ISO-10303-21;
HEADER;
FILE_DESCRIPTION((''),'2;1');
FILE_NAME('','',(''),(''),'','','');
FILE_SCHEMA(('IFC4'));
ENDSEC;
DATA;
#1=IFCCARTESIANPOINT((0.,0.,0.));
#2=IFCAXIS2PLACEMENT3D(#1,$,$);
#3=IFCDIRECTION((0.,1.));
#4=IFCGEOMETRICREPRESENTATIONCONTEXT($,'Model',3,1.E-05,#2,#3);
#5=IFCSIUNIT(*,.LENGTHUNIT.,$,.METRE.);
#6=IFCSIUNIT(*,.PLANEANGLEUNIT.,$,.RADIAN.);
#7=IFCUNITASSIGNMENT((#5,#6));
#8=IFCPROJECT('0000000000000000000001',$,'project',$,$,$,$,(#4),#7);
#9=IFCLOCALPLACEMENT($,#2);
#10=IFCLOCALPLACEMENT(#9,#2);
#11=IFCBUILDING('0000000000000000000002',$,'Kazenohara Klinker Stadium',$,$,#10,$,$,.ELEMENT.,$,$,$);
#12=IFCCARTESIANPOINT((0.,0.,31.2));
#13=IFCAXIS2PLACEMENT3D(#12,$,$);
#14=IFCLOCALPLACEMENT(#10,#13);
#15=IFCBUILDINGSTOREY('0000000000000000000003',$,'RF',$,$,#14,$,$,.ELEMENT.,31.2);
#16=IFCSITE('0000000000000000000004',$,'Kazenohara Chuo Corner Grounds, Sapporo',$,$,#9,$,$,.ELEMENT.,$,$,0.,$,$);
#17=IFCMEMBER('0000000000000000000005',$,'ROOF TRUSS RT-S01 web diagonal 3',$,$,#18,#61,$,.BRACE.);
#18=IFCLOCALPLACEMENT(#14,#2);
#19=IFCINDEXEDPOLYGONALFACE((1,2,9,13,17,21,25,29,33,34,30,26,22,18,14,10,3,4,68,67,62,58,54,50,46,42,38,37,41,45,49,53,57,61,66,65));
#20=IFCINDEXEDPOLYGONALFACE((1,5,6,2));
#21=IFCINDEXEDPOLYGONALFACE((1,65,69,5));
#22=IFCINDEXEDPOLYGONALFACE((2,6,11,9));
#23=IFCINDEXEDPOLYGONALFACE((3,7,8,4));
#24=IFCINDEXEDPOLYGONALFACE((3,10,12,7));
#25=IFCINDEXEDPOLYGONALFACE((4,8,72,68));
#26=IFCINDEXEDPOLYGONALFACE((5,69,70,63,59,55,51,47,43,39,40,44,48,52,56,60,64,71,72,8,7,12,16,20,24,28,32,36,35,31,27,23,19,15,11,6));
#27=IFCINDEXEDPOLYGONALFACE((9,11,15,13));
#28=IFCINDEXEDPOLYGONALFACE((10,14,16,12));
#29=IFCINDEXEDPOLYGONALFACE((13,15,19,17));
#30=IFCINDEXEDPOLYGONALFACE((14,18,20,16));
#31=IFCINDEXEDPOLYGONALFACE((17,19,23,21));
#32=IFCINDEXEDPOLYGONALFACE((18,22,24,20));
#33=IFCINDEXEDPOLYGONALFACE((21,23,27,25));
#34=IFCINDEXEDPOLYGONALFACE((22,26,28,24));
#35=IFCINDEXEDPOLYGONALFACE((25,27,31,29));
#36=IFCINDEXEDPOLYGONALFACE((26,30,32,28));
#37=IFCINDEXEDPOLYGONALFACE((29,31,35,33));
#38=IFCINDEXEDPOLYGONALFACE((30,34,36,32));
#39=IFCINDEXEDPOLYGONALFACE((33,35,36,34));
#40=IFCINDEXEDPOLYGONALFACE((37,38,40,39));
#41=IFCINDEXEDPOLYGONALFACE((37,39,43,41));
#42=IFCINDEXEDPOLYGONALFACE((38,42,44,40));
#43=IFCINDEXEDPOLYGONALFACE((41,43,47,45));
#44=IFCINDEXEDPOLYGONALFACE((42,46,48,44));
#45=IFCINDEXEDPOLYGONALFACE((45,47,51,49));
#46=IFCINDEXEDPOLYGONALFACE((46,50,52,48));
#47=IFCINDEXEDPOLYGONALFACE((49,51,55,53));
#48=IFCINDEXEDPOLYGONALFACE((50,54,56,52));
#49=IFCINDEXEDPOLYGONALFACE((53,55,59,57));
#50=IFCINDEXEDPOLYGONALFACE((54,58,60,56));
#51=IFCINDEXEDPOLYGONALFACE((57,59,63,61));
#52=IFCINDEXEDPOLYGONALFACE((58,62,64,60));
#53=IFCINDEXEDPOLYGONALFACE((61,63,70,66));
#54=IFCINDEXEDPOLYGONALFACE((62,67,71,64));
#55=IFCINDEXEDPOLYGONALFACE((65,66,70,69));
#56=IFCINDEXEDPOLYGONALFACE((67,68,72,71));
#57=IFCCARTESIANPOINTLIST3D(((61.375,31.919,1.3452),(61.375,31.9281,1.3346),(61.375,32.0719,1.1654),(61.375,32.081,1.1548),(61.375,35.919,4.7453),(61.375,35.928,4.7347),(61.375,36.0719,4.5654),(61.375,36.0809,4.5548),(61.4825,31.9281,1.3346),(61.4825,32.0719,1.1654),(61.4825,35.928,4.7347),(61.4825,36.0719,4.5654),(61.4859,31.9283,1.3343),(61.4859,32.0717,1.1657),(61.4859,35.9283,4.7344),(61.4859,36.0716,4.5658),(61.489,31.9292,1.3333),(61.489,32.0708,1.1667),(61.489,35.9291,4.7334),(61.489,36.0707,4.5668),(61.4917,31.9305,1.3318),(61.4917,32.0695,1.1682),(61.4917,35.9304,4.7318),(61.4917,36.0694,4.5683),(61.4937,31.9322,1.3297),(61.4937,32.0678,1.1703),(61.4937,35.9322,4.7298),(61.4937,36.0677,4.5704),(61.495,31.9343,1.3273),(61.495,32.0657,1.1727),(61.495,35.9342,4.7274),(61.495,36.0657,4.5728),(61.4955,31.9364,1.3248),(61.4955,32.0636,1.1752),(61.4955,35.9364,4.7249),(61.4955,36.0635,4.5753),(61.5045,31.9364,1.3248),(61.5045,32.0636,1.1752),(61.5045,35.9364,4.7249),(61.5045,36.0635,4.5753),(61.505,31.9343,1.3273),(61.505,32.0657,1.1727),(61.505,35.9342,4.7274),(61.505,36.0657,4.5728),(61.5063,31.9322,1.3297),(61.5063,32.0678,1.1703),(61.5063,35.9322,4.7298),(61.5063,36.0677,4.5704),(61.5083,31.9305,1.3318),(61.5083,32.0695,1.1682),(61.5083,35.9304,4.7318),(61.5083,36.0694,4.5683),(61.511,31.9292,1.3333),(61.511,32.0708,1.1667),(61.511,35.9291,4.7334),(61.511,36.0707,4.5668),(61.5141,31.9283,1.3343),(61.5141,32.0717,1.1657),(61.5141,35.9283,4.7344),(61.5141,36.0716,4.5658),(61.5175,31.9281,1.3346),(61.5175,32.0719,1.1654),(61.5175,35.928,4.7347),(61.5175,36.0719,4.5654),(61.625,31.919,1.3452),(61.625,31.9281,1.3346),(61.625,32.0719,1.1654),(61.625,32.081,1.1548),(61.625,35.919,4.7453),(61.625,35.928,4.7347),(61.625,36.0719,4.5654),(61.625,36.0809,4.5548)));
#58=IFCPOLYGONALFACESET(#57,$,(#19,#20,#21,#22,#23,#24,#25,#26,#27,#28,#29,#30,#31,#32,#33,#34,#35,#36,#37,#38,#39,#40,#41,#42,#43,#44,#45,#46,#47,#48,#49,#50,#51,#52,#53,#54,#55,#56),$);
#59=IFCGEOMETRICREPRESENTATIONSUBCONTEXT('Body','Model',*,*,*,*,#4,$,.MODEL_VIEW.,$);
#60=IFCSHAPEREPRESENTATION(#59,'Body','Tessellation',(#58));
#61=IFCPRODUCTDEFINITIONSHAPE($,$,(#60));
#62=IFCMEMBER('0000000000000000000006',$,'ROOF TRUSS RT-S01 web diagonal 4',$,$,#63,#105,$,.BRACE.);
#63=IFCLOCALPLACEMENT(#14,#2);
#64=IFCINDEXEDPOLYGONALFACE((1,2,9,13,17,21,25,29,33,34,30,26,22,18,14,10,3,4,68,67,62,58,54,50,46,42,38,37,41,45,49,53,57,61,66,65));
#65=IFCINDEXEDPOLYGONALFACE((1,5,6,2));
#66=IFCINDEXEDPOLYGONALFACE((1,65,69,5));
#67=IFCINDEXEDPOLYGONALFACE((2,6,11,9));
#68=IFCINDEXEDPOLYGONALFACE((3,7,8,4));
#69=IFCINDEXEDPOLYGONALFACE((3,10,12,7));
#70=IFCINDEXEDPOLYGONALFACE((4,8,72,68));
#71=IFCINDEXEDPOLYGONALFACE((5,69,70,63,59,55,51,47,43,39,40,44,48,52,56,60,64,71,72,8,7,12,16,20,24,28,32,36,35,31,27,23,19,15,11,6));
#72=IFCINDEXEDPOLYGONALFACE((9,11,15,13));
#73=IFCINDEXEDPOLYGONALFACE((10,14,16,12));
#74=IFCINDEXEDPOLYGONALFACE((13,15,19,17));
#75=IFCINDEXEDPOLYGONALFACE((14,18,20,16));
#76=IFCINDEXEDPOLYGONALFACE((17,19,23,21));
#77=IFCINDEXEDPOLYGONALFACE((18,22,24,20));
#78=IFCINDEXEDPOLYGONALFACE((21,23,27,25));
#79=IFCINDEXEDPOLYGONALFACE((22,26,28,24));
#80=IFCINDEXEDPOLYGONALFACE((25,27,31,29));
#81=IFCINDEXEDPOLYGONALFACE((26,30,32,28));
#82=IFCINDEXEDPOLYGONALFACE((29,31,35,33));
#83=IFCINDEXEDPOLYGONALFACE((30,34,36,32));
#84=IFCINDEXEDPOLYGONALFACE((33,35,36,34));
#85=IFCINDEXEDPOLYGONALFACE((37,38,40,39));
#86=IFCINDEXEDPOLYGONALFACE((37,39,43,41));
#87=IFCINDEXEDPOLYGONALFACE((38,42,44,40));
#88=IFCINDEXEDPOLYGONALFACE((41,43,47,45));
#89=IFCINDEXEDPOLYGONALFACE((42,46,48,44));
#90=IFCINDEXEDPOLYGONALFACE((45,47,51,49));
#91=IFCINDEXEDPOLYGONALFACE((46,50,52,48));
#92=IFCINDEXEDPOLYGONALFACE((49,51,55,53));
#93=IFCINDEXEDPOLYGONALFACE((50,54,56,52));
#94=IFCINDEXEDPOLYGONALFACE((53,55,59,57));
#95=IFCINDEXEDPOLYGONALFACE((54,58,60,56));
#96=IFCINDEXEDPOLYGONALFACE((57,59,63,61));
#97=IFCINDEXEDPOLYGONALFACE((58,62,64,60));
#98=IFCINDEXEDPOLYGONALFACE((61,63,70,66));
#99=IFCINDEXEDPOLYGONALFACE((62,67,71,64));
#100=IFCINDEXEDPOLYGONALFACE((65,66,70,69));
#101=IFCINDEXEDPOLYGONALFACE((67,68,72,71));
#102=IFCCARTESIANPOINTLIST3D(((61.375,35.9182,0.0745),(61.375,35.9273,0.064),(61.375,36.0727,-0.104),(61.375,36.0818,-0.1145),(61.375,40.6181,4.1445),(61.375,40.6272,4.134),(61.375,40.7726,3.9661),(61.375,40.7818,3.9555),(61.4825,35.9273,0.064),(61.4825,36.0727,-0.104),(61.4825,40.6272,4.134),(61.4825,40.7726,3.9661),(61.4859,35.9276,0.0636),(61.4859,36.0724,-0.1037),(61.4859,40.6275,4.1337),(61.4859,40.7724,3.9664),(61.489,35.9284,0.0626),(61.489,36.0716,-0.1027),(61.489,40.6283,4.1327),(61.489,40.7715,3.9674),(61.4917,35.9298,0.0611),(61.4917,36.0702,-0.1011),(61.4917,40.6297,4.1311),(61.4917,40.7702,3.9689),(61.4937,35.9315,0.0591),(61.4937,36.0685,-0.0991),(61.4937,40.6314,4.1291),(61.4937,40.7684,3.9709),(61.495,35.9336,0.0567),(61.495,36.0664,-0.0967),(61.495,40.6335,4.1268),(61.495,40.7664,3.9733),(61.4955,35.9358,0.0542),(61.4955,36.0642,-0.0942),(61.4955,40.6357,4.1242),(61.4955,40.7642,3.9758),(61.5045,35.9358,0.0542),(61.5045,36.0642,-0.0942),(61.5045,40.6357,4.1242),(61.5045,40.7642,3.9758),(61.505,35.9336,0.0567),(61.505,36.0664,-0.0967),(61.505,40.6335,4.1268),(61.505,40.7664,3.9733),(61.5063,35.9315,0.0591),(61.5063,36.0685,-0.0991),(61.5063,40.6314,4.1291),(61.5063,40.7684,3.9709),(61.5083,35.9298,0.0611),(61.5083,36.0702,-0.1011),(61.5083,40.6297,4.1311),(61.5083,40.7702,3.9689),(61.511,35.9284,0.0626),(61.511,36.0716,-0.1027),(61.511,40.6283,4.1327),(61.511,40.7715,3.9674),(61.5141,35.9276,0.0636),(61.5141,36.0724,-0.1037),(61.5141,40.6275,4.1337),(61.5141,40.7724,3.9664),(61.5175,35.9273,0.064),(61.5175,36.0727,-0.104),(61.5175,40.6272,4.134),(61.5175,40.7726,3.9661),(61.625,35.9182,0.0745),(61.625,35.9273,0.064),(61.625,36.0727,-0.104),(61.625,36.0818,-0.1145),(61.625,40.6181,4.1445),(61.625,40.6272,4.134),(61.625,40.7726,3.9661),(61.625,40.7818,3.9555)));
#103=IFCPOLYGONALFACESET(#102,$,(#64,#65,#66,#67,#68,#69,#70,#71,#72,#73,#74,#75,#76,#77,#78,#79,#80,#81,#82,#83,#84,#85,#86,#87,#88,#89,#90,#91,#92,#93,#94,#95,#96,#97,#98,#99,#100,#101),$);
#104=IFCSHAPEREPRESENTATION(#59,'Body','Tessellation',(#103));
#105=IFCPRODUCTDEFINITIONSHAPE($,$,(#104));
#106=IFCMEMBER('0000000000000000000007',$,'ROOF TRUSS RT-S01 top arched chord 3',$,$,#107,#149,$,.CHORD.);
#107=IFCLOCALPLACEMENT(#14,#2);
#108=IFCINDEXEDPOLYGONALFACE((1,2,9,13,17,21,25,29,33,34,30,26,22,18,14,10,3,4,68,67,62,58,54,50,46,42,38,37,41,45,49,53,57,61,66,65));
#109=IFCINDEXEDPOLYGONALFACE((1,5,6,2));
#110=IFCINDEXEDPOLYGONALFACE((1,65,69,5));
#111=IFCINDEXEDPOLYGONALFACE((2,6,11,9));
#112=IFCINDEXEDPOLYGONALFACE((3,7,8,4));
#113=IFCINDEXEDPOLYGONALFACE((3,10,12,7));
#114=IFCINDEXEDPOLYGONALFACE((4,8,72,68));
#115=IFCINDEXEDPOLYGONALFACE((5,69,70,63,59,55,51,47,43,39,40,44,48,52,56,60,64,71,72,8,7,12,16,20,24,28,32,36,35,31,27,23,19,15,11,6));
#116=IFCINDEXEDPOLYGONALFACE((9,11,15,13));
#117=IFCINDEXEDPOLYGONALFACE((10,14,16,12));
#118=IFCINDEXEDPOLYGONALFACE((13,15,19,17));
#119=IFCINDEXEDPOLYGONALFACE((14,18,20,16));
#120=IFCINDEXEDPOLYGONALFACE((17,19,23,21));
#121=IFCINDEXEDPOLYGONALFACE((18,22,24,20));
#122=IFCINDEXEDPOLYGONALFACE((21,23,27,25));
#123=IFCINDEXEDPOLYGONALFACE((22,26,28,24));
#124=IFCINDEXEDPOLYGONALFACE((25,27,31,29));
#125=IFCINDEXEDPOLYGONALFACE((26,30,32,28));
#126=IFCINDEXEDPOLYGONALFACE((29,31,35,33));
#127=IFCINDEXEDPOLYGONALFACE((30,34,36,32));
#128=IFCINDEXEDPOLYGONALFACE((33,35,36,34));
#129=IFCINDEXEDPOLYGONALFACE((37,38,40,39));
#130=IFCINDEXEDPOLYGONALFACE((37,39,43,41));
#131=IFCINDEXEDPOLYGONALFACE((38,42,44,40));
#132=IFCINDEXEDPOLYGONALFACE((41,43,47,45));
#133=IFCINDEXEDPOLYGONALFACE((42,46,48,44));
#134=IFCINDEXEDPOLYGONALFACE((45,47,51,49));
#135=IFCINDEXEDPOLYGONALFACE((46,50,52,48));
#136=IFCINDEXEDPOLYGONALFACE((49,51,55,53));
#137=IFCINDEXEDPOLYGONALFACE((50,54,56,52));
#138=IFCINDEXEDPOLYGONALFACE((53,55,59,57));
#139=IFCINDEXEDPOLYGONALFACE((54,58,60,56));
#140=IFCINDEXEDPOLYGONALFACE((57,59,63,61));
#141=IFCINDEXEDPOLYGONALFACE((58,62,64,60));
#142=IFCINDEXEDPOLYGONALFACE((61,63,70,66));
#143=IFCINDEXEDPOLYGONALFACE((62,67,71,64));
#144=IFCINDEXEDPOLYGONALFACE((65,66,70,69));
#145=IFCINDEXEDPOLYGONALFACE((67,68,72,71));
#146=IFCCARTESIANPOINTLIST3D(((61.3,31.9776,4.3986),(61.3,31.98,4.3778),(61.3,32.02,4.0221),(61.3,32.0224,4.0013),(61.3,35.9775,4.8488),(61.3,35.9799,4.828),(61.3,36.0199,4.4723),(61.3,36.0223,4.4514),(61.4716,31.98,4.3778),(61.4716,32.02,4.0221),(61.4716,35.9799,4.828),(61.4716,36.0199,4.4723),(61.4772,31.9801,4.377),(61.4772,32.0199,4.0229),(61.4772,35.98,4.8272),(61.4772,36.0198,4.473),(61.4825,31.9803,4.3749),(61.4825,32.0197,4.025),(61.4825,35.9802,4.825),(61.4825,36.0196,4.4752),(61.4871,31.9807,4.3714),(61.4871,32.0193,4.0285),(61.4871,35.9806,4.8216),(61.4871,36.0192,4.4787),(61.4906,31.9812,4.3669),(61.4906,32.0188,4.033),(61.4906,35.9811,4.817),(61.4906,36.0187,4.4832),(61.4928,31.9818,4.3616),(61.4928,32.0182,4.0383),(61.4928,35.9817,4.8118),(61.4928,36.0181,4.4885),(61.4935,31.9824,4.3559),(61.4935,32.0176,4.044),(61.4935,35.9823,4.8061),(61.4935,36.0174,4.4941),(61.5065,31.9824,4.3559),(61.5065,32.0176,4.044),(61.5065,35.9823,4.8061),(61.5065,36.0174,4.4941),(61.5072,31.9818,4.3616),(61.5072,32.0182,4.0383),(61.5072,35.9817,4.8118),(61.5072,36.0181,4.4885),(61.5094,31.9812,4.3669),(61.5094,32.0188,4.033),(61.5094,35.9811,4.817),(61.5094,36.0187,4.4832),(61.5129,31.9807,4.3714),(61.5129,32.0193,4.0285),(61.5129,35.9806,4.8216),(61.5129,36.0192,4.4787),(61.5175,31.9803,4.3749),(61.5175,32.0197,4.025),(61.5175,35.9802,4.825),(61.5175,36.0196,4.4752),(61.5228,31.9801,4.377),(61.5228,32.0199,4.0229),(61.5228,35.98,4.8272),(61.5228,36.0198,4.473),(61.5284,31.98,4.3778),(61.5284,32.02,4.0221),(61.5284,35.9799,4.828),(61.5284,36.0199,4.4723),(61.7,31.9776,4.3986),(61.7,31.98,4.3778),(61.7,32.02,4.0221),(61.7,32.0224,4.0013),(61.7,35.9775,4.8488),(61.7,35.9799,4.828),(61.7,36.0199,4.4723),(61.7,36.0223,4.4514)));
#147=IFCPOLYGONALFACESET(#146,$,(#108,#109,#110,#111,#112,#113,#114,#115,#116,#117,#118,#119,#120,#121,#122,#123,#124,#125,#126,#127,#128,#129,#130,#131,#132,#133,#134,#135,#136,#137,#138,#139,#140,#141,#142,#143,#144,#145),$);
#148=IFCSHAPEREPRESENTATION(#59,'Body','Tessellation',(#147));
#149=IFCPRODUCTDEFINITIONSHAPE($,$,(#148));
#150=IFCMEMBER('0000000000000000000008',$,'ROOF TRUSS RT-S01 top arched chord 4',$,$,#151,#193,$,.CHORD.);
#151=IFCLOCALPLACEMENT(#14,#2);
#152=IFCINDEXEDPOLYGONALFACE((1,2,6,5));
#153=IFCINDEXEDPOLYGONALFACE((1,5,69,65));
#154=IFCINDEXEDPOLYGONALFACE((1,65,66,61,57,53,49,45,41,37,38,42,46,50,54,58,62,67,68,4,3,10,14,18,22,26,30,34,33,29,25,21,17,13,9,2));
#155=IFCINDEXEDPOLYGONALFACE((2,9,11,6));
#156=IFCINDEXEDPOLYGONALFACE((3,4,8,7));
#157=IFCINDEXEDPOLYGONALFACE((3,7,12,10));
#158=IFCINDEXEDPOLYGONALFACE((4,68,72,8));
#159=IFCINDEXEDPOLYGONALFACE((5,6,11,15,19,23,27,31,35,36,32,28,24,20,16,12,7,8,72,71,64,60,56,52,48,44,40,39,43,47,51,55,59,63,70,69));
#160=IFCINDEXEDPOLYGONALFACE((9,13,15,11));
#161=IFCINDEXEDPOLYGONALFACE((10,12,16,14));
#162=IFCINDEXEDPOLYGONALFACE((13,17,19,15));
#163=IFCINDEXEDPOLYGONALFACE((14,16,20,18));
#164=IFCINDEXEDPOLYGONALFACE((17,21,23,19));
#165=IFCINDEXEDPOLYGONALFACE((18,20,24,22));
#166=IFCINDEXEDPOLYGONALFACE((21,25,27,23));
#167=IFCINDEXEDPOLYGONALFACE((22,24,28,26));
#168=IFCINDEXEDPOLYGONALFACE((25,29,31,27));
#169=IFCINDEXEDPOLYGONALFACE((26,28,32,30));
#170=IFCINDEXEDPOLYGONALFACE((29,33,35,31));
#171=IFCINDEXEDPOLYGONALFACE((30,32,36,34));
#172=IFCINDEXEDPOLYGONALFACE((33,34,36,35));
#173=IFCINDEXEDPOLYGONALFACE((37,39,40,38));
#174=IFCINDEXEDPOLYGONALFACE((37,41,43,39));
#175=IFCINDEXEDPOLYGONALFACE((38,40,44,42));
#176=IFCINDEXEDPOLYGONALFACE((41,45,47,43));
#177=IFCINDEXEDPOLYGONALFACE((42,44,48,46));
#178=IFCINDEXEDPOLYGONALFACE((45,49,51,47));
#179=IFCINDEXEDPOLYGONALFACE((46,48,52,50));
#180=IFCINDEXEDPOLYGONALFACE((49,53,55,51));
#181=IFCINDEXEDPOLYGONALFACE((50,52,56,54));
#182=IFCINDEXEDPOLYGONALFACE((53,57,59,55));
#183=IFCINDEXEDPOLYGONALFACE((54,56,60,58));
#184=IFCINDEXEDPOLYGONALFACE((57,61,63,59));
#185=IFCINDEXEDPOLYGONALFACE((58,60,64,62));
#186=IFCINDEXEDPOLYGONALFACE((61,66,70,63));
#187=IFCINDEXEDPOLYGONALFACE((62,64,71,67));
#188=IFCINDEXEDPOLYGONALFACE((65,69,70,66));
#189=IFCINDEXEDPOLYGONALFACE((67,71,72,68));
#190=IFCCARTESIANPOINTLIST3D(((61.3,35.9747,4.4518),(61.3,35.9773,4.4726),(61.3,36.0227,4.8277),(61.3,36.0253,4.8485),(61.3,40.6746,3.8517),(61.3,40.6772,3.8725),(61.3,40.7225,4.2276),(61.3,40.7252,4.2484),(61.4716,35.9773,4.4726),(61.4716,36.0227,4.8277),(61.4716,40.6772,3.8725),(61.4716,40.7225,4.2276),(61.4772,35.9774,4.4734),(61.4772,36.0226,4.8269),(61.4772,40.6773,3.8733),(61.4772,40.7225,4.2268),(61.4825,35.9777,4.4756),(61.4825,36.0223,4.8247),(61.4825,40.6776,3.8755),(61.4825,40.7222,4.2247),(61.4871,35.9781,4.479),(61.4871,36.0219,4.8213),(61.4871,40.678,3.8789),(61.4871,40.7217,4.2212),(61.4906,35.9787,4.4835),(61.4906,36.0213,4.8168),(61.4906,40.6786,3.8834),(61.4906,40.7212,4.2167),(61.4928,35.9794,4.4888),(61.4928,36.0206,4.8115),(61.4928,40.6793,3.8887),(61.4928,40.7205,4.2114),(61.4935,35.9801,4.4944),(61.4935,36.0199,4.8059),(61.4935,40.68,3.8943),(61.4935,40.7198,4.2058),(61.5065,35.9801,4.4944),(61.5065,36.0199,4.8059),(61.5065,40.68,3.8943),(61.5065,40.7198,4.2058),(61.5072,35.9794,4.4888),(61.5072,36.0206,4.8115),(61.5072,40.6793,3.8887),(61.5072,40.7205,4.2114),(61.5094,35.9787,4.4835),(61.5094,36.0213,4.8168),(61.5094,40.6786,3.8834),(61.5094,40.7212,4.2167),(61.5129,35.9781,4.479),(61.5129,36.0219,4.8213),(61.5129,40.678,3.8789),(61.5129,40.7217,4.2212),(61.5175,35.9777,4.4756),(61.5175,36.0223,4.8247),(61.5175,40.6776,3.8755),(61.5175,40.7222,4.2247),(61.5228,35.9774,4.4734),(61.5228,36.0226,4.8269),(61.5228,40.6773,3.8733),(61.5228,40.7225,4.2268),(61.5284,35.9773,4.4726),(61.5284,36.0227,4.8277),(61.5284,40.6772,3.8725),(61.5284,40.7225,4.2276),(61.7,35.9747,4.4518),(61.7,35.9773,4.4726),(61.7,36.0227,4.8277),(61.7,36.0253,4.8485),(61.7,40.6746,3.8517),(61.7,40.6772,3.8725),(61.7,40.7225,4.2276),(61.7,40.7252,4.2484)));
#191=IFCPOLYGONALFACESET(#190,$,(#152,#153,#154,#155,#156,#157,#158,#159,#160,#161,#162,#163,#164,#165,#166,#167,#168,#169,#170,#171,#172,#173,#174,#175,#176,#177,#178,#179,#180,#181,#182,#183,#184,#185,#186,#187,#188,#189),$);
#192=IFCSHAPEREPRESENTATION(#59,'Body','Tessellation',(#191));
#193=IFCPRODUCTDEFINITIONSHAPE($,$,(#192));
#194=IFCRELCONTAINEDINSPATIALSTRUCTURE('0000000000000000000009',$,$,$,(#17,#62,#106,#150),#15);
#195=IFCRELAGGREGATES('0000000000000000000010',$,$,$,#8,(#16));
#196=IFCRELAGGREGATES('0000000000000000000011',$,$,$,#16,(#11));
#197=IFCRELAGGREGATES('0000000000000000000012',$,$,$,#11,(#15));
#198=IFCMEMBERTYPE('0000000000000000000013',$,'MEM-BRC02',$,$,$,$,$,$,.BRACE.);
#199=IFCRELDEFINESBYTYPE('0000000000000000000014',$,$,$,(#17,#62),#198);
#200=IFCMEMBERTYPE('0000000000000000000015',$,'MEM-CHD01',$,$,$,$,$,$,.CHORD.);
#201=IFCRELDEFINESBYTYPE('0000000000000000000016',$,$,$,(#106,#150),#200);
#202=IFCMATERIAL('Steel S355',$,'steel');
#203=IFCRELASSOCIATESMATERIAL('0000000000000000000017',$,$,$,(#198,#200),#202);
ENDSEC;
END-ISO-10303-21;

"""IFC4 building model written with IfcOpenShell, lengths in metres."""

from ifc_helpers import new_model, si_unit, direction, frame, origin, origin_2d, place, context, subcontext, project, spatial, i_section, extrude, material, material_profile, profile_set, type_object, element, save


model = new_model("IFC4")

# Units and contexts
model_context = context("Model", 3, precision=1e-05, world=origin(), true_north=direction((0.0, 1.0)))
body_context = subcontext(model_context, "Body", "Model", "MODEL_VIEW")
ifc_project = project(units=[si_unit("LENGTHUNIT", "METRE"), si_unit("PLANEANGLEUNIT", "RADIAN")], contexts=[model_context])

# Site, building, storey
site_placement = place(None, origin())
site = spatial("IfcSite", under=ifc_project, at=site_placement, Name="Kazenohara Chuo Corner Grounds, Sapporo", CompositionType="ELEMENT", RefElevation=0.0)
building_placement = place(site_placement, origin())
building = spatial("IfcBuilding", under=site, at=building_placement, Name="Kazenohara Klinker Stadium", CompositionType="ELEMENT")
storey_placement = place(building_placement, frame((0.0, 0.0, 31.2)))
storey = spatial("IfcBuildingStorey", under=building, at=storey_placement, Name="RF", CompositionType="ELEMENT", Elevation=31.2)

# Members
ifc_material_1 = material(Name="Steel S355", Category="steel")
ifc_material_profile_1 = material_profile(ifc_material_1, i_section(OverallWidth=0.25, OverallDepth=0.25, WebThickness=0.009, FlangeThickness=0.0139, FilletRadius=0.0129, at=origin_2d()), Name="H-250x250x9x14")
ifc_profile_set_1 = profile_set([ifc_material_profile_1], Name="Steel S355")
member_type_1 = type_object("IfcMemberType", Name="MEM-BRC02", PredefinedType="BRACE", material=ifc_profile_set_1)
member_1_placement = place(storey_placement, frame((61.5, 32.0, 1.25), z_axis=(0.0, 0.761926, 0.647665), x_axis=(-1.0, 0.0, 0.0)))
element("IfcMember", 1, at=member_1_placement, inside=storey, type_object=member_type_1, Name="ROOF TRUSS RT-S01 web diagonal 3", PredefinedType="BRACE", context=body_context, shape_type="SweptSolid", body=[
    extrude(i_section(OverallWidth=0.25, OverallDepth=0.25, WebThickness=0.009, FlangeThickness=0.0139, FilletRadius=0.0129, at=origin_2d()), origin(), (0.0, 0.0, 1.0), 5.2498),
])
member_2_placement = place(storey_placement, frame((61.5, 36.0, -0.02), z_axis=(0.0, 0.755946, 0.654634), x_axis=(-1.0, 0.0, 0.0)))
element("IfcMember", 2, at=member_2_placement, inside=storey, type_object=member_type_1, Name="ROOF TRUSS RT-S01 web diagonal 4", PredefinedType="BRACE", context=body_context, shape_type="SweptSolid", body=[
    extrude(i_section(OverallWidth=0.25, OverallDepth=0.25, WebThickness=0.009, FlangeThickness=0.0139, FilletRadius=0.0129, at=origin_2d()), origin(), (0.0, 0.0, 1.0), 6.2173),
])
ifc_material_profile_2 = material_profile(ifc_material_1, i_section(OverallWidth=0.3999, OverallDepth=0.3999, WebThickness=0.0129, FlangeThickness=0.021, FilletRadius=0.022, at=origin_2d()), Name="H-400x400x13x21")
ifc_profile_set_2 = profile_set([ifc_material_profile_2], Name="Steel S355")
member_type_2 = type_object("IfcMemberType", Name="MEM-CHD01", PredefinedType="CHORD", material=ifc_profile_set_2)
member_3_placement = place(storey_placement, frame((61.5, 32.0, 4.2), z_axis=(0.0, 0.993726, 0.111843), x_axis=(-1.0, 0.0, 0.0)))
element("IfcMember", 3, at=member_3_placement, inside=storey, type_object=member_type_2, Name="ROOF TRUSS RT-S01 top arched chord 3", PredefinedType="CHORD", context=body_context, shape_type="SweptSolid", body=[
    extrude(i_section(OverallWidth=0.3999, OverallDepth=0.3999, WebThickness=0.0129, FlangeThickness=0.021, FilletRadius=0.022, at=origin_2d()), origin(), (0.0, 0.0, 1.0), 4.0251),
])
member_4_placement = place(storey_placement, frame((61.5, 36.0, 4.6501), z_axis=(0.0, 0.991947, -0.126653), x_axis=(-1.0, 0.0, 0.0)))
element("IfcMember", 4, at=member_4_placement, inside=storey, type_object=member_type_2, Name="ROOF TRUSS RT-S01 top arched chord 4", PredefinedType="CHORD", context=body_context, shape_type="SweptSolid", body=[
    extrude(i_section(OverallWidth=0.3999, OverallDepth=0.3999, WebThickness=0.0129, FlangeThickness=0.021, FilletRadius=0.022, at=origin_2d()), origin(), (0.0, 0.0, 1.0), 4.738),
])

save(model, "model.ifc")
